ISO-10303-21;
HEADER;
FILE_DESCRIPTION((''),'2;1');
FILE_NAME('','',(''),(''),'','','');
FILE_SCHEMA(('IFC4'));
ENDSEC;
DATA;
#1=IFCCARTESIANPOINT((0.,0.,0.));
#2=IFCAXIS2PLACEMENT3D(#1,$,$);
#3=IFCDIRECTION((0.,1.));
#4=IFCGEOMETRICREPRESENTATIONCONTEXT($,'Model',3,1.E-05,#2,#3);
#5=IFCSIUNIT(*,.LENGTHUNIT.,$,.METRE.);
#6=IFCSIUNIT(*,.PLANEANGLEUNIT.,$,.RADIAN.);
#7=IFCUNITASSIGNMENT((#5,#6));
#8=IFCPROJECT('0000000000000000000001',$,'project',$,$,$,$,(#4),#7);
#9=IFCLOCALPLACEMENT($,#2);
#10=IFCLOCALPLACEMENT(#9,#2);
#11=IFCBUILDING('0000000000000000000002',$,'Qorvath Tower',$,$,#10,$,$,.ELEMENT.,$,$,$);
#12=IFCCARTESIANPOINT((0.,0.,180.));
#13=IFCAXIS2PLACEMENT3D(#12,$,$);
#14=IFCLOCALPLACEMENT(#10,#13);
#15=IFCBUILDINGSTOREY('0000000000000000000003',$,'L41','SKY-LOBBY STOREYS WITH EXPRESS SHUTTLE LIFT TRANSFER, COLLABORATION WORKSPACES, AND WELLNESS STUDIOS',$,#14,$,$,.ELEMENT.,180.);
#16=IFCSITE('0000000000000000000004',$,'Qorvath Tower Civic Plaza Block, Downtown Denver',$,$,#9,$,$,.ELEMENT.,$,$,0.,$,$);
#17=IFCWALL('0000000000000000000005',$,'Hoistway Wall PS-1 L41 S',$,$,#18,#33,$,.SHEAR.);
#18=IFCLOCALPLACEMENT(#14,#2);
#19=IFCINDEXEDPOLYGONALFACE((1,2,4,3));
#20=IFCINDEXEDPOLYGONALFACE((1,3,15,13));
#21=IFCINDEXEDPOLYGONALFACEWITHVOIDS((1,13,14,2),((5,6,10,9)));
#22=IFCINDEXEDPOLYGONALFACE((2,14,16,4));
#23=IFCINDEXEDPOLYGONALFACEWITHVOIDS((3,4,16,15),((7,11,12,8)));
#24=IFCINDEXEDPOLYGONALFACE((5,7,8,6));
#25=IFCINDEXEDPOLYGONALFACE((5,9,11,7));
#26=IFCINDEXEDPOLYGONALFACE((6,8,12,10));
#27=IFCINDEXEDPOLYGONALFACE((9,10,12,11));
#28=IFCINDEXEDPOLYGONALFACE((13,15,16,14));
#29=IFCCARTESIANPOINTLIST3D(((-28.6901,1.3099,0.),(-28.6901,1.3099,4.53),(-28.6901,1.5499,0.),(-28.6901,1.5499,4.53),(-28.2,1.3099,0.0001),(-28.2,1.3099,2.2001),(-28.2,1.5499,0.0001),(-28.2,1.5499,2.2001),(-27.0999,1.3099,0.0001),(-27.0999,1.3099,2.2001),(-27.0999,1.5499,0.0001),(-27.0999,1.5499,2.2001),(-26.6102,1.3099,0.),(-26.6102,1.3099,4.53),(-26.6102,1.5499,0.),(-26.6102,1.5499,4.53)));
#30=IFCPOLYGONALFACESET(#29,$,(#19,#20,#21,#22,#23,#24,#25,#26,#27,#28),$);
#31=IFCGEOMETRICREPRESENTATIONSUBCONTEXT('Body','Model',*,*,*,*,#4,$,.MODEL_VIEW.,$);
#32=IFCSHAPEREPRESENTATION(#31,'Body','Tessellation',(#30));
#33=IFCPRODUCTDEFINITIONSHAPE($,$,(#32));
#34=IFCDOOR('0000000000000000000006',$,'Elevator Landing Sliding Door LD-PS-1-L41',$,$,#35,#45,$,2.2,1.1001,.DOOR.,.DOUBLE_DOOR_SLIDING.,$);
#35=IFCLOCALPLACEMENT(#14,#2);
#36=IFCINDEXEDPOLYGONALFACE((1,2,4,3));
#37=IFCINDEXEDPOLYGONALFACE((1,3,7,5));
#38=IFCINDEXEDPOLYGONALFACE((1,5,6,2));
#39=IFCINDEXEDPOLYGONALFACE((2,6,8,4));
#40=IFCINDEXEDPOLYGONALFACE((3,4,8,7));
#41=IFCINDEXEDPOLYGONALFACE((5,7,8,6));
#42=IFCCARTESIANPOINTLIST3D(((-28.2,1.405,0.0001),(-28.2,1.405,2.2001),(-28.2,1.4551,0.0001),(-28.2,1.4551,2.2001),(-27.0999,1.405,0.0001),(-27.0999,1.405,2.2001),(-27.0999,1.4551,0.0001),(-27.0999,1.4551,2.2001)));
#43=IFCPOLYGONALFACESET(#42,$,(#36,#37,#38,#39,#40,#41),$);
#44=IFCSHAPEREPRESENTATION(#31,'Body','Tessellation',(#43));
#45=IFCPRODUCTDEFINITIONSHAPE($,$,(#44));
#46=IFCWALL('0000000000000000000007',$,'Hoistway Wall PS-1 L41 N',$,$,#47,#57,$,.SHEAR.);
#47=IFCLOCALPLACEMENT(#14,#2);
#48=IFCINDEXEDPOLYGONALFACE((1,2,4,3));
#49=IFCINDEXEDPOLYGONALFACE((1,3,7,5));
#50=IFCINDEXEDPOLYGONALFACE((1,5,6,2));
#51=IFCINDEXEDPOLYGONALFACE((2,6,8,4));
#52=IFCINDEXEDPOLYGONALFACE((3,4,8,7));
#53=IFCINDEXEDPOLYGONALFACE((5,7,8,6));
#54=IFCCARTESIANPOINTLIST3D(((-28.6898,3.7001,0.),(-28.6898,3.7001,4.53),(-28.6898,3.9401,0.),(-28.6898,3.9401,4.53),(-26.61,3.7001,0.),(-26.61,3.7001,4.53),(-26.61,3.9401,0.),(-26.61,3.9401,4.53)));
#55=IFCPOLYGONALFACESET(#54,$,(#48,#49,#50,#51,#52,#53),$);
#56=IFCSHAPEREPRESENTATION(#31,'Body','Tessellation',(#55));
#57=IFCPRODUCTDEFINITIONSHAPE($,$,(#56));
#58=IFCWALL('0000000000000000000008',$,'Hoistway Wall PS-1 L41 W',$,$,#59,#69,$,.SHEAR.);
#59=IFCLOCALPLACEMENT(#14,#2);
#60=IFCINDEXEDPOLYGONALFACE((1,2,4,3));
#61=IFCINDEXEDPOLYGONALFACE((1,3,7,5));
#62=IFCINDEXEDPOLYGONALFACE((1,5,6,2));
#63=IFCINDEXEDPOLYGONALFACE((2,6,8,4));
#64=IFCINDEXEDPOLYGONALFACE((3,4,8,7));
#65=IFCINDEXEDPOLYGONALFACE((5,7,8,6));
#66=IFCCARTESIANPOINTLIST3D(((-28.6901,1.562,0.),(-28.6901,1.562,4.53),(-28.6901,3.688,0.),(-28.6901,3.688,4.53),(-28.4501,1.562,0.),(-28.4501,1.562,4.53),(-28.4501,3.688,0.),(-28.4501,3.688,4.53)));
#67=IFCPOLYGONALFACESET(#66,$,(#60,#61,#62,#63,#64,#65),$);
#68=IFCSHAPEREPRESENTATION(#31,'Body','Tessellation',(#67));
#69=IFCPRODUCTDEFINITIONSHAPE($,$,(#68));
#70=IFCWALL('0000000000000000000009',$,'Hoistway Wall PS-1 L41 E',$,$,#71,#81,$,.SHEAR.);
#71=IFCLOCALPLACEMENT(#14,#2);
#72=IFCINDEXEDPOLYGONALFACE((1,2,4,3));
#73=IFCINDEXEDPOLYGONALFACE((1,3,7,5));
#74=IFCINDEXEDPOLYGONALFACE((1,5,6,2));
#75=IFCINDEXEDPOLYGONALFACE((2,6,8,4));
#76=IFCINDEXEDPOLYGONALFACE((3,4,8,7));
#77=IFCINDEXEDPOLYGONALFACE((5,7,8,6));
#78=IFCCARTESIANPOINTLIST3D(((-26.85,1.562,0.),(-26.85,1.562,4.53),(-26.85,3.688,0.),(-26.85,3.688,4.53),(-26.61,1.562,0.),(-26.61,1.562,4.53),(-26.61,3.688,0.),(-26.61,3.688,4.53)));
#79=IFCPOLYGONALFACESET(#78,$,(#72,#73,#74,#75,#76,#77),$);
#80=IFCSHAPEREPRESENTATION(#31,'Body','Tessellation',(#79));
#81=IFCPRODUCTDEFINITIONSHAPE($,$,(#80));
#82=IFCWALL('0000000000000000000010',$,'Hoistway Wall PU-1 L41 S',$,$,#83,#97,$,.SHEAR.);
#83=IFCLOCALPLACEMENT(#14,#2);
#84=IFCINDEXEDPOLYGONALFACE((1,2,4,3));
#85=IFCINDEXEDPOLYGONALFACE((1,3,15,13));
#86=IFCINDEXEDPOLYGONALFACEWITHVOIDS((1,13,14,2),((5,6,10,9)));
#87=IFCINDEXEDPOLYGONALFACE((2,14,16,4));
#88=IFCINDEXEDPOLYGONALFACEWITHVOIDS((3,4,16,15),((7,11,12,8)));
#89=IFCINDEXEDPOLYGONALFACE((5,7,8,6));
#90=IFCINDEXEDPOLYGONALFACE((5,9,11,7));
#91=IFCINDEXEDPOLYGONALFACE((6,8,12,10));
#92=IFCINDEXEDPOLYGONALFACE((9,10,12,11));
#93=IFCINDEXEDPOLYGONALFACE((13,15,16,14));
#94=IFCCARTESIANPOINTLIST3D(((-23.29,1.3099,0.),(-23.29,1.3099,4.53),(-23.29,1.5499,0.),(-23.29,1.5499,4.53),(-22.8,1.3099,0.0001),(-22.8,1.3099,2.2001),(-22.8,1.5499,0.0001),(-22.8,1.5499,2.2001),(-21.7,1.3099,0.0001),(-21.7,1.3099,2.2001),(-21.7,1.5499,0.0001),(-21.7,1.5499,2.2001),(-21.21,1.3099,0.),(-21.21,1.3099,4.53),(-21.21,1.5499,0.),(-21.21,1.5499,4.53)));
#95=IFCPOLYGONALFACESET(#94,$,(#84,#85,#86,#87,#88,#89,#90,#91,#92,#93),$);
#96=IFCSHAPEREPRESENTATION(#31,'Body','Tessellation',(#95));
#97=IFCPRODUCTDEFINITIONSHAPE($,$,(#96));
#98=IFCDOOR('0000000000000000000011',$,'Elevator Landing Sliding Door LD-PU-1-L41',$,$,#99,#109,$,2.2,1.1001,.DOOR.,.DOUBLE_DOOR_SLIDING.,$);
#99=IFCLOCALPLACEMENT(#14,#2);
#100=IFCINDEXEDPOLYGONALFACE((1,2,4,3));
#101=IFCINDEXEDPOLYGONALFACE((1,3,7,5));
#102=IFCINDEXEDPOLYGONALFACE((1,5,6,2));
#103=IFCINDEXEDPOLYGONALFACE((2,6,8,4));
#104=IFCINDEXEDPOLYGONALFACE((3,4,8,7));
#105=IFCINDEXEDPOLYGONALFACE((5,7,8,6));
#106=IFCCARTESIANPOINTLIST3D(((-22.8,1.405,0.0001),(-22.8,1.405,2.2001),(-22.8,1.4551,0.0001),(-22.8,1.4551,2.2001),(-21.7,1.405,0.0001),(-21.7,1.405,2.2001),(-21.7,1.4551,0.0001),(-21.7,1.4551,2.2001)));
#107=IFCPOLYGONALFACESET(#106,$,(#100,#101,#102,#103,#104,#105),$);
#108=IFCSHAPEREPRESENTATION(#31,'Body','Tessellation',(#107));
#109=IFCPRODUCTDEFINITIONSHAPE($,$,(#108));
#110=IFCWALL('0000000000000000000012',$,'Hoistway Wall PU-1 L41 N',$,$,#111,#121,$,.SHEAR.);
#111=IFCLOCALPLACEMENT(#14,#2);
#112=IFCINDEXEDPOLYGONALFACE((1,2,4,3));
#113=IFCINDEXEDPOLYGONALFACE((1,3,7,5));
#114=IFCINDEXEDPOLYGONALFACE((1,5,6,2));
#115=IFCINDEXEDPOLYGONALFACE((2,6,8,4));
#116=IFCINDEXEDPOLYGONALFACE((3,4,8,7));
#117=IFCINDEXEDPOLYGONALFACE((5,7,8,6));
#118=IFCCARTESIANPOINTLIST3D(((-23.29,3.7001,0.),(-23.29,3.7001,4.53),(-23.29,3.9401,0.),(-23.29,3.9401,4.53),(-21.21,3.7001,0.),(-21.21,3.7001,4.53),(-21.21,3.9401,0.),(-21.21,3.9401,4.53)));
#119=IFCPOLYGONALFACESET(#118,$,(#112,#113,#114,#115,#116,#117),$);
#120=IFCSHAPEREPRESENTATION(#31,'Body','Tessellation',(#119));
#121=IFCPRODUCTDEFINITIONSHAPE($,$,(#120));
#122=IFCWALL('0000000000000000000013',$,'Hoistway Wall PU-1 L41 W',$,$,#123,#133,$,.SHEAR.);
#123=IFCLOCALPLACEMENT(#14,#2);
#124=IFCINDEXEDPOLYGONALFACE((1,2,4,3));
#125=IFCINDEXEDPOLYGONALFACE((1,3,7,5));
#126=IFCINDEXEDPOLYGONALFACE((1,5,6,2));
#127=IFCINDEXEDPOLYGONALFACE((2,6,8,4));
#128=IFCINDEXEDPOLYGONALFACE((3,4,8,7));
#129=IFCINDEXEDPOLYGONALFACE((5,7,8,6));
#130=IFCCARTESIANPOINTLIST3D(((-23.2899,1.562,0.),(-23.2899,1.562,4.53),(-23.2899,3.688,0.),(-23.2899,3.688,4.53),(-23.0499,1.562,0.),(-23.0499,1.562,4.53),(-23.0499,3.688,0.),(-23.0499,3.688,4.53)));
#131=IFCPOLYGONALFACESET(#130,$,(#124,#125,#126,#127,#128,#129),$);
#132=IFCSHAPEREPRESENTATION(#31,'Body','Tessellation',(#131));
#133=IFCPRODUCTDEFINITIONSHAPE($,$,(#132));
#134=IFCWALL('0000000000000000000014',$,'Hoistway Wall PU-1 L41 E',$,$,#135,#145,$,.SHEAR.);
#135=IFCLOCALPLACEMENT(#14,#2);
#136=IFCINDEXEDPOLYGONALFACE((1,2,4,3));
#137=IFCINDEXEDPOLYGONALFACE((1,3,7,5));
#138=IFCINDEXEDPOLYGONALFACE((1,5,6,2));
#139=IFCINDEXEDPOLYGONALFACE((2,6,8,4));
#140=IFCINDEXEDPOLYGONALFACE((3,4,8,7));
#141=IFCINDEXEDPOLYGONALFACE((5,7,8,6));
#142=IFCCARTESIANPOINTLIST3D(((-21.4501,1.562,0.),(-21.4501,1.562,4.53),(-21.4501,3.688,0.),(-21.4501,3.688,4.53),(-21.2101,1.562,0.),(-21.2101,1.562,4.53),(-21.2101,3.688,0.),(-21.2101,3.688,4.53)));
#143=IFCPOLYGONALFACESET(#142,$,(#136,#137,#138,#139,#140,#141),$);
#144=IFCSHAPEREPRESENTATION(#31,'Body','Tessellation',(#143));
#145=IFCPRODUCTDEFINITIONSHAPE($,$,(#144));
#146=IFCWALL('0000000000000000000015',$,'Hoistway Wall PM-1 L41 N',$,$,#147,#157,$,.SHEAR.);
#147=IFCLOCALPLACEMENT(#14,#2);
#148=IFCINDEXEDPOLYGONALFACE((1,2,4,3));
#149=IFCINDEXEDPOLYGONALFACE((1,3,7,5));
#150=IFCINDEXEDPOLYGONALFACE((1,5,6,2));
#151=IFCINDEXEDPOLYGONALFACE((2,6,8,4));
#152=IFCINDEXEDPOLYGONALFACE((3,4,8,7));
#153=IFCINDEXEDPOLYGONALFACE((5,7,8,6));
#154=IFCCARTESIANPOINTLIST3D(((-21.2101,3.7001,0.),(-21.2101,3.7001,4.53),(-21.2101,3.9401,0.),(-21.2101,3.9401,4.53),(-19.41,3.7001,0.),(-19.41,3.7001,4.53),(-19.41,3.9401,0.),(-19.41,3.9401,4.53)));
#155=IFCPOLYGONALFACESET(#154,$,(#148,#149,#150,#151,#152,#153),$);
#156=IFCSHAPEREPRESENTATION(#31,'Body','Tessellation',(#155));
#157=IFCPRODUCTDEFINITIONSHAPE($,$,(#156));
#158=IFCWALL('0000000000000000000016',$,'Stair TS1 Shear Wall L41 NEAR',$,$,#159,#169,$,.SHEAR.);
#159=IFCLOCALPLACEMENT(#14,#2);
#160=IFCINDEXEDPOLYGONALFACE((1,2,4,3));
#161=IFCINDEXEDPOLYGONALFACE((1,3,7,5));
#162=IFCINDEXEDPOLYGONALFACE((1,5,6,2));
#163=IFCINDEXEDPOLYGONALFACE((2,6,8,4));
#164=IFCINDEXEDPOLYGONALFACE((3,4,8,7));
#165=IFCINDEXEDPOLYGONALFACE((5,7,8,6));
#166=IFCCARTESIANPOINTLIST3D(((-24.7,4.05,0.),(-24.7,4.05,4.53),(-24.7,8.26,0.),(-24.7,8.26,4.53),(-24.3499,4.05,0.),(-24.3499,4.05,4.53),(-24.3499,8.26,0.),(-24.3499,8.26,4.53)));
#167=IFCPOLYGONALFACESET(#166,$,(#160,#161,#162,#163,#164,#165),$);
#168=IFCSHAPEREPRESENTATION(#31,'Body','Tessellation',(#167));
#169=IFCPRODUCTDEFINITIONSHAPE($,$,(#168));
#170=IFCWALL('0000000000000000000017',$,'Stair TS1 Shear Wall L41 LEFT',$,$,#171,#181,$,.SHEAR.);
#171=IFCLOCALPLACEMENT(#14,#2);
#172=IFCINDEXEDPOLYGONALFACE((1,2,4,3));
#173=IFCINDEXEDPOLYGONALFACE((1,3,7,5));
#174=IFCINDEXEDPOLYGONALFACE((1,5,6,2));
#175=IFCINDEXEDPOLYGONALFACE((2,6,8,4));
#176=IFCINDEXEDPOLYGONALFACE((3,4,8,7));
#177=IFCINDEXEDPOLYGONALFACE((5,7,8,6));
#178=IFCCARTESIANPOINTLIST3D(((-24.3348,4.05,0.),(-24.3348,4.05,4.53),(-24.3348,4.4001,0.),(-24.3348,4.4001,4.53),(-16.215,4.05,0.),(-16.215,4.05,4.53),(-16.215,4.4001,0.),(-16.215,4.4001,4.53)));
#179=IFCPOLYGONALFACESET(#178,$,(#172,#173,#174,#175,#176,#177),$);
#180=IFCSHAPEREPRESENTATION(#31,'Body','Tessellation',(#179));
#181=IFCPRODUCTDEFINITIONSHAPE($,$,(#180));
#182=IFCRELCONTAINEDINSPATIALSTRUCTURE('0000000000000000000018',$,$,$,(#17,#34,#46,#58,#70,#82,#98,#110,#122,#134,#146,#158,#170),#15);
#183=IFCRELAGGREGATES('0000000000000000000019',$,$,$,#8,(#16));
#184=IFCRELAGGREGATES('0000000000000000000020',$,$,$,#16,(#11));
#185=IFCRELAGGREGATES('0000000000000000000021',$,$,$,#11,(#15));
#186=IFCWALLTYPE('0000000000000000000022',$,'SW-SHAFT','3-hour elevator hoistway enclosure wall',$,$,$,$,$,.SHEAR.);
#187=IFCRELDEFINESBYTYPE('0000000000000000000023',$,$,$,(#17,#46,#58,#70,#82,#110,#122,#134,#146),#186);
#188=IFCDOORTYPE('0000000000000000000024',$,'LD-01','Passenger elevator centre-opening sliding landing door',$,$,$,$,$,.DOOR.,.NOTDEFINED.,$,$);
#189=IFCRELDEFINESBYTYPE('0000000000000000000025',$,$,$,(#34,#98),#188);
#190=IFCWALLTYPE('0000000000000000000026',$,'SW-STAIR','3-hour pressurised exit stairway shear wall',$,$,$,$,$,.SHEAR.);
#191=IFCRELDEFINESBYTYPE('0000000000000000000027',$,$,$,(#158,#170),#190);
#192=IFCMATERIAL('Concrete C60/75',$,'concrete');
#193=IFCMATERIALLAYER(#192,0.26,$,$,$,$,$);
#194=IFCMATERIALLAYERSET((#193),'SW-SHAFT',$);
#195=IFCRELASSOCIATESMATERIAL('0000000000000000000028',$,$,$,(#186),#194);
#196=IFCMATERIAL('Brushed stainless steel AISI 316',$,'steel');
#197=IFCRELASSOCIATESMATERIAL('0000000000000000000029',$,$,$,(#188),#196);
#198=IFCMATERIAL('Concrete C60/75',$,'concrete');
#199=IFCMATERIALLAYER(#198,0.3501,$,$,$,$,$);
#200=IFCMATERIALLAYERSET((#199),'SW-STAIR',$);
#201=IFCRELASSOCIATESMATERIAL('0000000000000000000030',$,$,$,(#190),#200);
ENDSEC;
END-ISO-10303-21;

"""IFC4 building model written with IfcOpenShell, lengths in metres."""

from ifc_helpers import new_model, si_unit, direction, frame, frame_2d, origin, place, context, subcontext, project, spatial, rectangle, extrude, material, layer, layer_set, type_object, element, fill, save


model = new_model("IFC4")

# Units and contexts
model_context = context("Model", 3, precision=1e-05, world=origin(), true_north=direction((0.0, 1.0)))
body_context = subcontext(model_context, "Body", "Model", "MODEL_VIEW")
ifc_project = project(units=[si_unit("LENGTHUNIT", "METRE"), si_unit("PLANEANGLEUNIT", "RADIAN")], contexts=[model_context])

# Site, building, storey
site_placement = place(None, origin())
site = spatial("IfcSite", under=ifc_project, at=site_placement, Name="Qorvath Tower Civic Plaza Block, Downtown Denver", CompositionType="ELEMENT", RefElevation=0.0)
building_placement = place(site_placement, origin())
building = spatial("IfcBuilding", under=site, at=building_placement, Name="Qorvath Tower", CompositionType="ELEMENT")
storey_placement = place(building_placement, frame((0.0, 0.0, 180.0)))
storey = spatial("IfcBuildingStorey", under=building, at=storey_placement, Name="L41", Description="SKY-LOBBY STOREYS WITH EXPRESS SHUTTLE LIFT TRANSFER, COLLABORATION WORKSPACES, AND WELLNESS STUDIOS", CompositionType="ELEMENT", Elevation=180.0)

# Shared definitions
ifc_material_1 = material(Name="Concrete C60/75", Category="concrete")
ifc_layer_1 = layer(ifc_material_1, 0.26)
ifc_layer_set_1 = layer_set([ifc_layer_1], Name="SW-SHAFT")
wall_type_1 = type_object("IfcWallType", Name="SW-SHAFT", Description="3-hour elevator hoistway enclosure wall", PredefinedType="SHEAR", material=ifc_layer_set_1)

# Wall, opening, door
wall_1_placement = place(storey_placement, frame((-26.6101, 1.4299, 0.0), z_axis=(0.0, 0.0, 1.0), x_axis=(-1.0, 0.0, 0.0)))
wall_1 = element("IfcWall", 1, at=wall_1_placement, inside=storey, type_object=wall_type_1, Name="Hoistway Wall PS-1 L41 S", PredefinedType="SHEAR", context=body_context, shape_type="SweptSolid", body=[
    extrude(rectangle(XDim=2.0798, YDim=0.24, at=frame_2d((1.04, 0.0))), origin(), (0.0, 0.0, 1.0), 4.53),
])
opening_1_placement = place(wall_1_placement, frame((0.4897, 0.0, 0.0)))
opening_1 = element("IfcOpeningElement", 2, at=opening_1_placement, cuts=wall_1, PredefinedType="OPENING", context=body_context, shape_type="SweptSolid", body=[
    extrude(rectangle(XDim=1.1001, YDim=2.2, at=frame_2d((0.55, 1.1001))), frame((0.0, 0.1299, 0.0), z_axis=(0.0, -1.0, 0.0), x_axis=(1.0, 0.0, 0.0)), (0.0, 0.0, 1.0), 0.26),
])
ifc_material_2 = material(Name="Brushed stainless steel AISI 316", Category="steel")
door_type_1 = type_object("IfcDoorType", Name="LD-01", Description="Passenger elevator centre-opening sliding landing door", OperationType="NOTDEFINED", PredefinedType="DOOR", material=ifc_material_2)
door_1_placement = place(opening_1_placement, origin())
door_1 = element("IfcDoor", 3, at=door_1_placement, inside=storey, type_object=door_type_1, Name="Elevator Landing Sliding Door LD-PS-1-L41", OperationType="DOUBLE_DOOR_SLIDING", OverallHeight=2.2, OverallWidth=1.1001, PredefinedType="DOOR", context=body_context, shape_type="SweptSolid", body=[
    extrude(rectangle(XDim=1.1001, YDim=2.2, at=frame_2d((0.55, 1.1001))), frame((0.0, 0.0249, 0.0), z_axis=(0.0, -1.0, 0.0), x_axis=(1.0, 0.0, 0.0)), (0.0, 0.0, 1.0), 0.05),
])
fill(opening_1, door_1)

# Walls
wall_2_placement = place(storey_placement, frame((-28.6899, 3.8201, 0.0), z_axis=(0.0, 0.0, 1.0), x_axis=(1.0, 0.0, 0.0)))
element("IfcWall", 4, at=wall_2_placement, inside=storey, type_object=wall_type_1, Name="Hoistway Wall PS-1 L41 N", PredefinedType="SHEAR", context=body_context, shape_type="SweptSolid", body=[
    extrude(rectangle(XDim=2.0798, YDim=0.24, at=frame_2d((1.04, 0.0))), origin(), (0.0, 0.0, 1.0), 4.53),
])
for number, where, z_axis, x_axis, name in (
    (5, (-28.5701, 1.562, 0.0), (0.0, 0.0, 1.0), (0.0, 1.0, 0.0), "Hoistway Wall PS-1 L41 W"),
    (6, (-26.73, 3.688, 0.0), (0.0, 0.0, 1.0), (0.0, -1.0, 0.0), "Hoistway Wall PS-1 L41 E"),
):
    element("IfcWall", number, at=place(storey_placement, frame(where, z_axis=z_axis, x_axis=x_axis)), inside=storey, type_object=wall_type_1, Name=name, PredefinedType="SHEAR", context=body_context, shape_type="SweptSolid", body=[
        extrude(rectangle(XDim=2.126, YDim=0.24, at=frame_2d((1.063, 0.0))), origin(), (0.0, 0.0, 1.0), 4.53),
    ])

# Wall, opening, door
wall_3_placement = place(storey_placement, frame((-21.21, 1.4299, 0.0), z_axis=(0.0, 0.0, 1.0), x_axis=(-1.0, 0.0, 0.0)))
wall_3 = element("IfcWall", 7, at=wall_3_placement, inside=storey, type_object=wall_type_1, Name="Hoistway Wall PU-1 L41 S", PredefinedType="SHEAR", context=body_context, shape_type="SweptSolid", body=[
    extrude(rectangle(XDim=2.0801, YDim=0.24, at=frame_2d((1.04, 0.0))), origin(), (0.0, 0.0, 1.0), 4.53),
])
opening_2_placement = place(wall_3_placement, frame((0.49, 0.0, 0.0)))
opening_2 = element("IfcOpeningElement", 8, at=opening_2_placement, cuts=wall_3, PredefinedType="OPENING", context=body_context, shape_type="SweptSolid", body=[
    extrude(rectangle(XDim=1.1001, YDim=2.2, at=frame_2d((0.55, 1.1001))), frame((0.0, 0.1299, 0.0), z_axis=(0.0, -1.0, 0.0), x_axis=(1.0, 0.0, 0.0)), (0.0, 0.0, 1.0), 0.26),
])
door_2_placement = place(opening_2_placement, origin())
door_2 = element("IfcDoor", 9, at=door_2_placement, inside=storey, type_object=door_type_1, Name="Elevator Landing Sliding Door LD-PU-1-L41", OperationType="DOUBLE_DOOR_SLIDING", OverallHeight=2.2, OverallWidth=1.1001, PredefinedType="DOOR", context=body_context, shape_type="SweptSolid", body=[
    extrude(rectangle(XDim=1.1001, YDim=2.2, at=frame_2d((0.55, 1.1001))), frame((0.0, 0.0249, 0.0), z_axis=(0.0, -1.0, 0.0), x_axis=(1.0, 0.0, 0.0)), (0.0, 0.0, 1.0), 0.05),
])
fill(opening_2, door_2)

# Walls
wall_4_placement = place(storey_placement, frame((-23.29, 3.8201, 0.0), z_axis=(0.0, 0.0, 1.0), x_axis=(1.0, 0.0, 0.0)))
element("IfcWall", 10, at=wall_4_placement, inside=storey, type_object=wall_type_1, Name="Hoistway Wall PU-1 L41 N", PredefinedType="SHEAR", context=body_context, shape_type="SweptSolid", body=[
    extrude(rectangle(XDim=2.0801, YDim=0.24, at=frame_2d((1.04, 0.0))), origin(), (0.0, 0.0, 1.0), 4.53),
])
for number, where, z_axis, x_axis, name in (
    (11, (-23.1699, 1.562, 0.0), (0.0, 0.0, 1.0), (0.0, 1.0, 0.0), "Hoistway Wall PU-1 L41 W"),
    (12, (-21.3301, 3.688, 0.0), (0.0, 0.0, 1.0), (0.0, -1.0, 0.0), "Hoistway Wall PU-1 L41 E"),
):
    element("IfcWall", number, at=place(storey_placement, frame(where, z_axis=z_axis, x_axis=x_axis)), inside=storey, type_object=wall_type_1, Name=name, PredefinedType="SHEAR", context=body_context, shape_type="SweptSolid", body=[
        extrude(rectangle(XDim=2.126, YDim=0.24, at=frame_2d((1.063, 0.0))), origin(), (0.0, 0.0, 1.0), 4.53),
    ])
wall_5_placement = place(storey_placement, frame((-21.21, 3.8201, 0.0), z_axis=(0.0, 0.0, 1.0), x_axis=(1.0, 0.0, 0.0)))
element("IfcWall", 13, at=wall_5_placement, inside=storey, type_object=wall_type_1, Name="Hoistway Wall PM-1 L41 N", PredefinedType="SHEAR", context=body_context, shape_type="SweptSolid", body=[
    extrude(rectangle(XDim=1.8, YDim=0.24, at=frame_2d((0.8999, 0.0))), origin(), (0.0, 0.0, 1.0), 4.53),
])
ifc_material_3 = material(Name="Concrete C60/75", Category="concrete")
ifc_layer_2 = layer(ifc_material_3, 0.3501)
ifc_layer_set_2 = layer_set([ifc_layer_2], Name="SW-STAIR")
wall_type_2 = type_object("IfcWallType", Name="SW-STAIR", Description="3-hour pressurised exit stairway shear wall", PredefinedType="SHEAR", material=ifc_layer_set_2)
wall_6_placement = place(storey_placement, frame((-24.5249, 8.26, 0.0), z_axis=(0.0, 0.0, 1.0), x_axis=(0.0, -1.0, 0.0)))
element("IfcWall", 14, at=wall_6_placement, inside=storey, type_object=wall_type_2, Name="Stair TS1 Shear Wall L41 NEAR", PredefinedType="SHEAR", context=body_context, shape_type="SweptSolid", body=[
    extrude(rectangle(XDim=4.21, YDim=0.3501, at=frame_2d((2.105, 0.0))), origin(), (0.0, 0.0, 1.0), 4.53),
])
wall_7_placement = place(storey_placement, frame((-24.335, 4.2251, 0.0), z_axis=(0.0, 0.0, 1.0), x_axis=(1.0, 0.0, 0.0)))
element("IfcWall", 15, at=wall_7_placement, inside=storey, type_object=wall_type_2, Name="Stair TS1 Shear Wall L41 LEFT", PredefinedType="SHEAR", context=body_context, shape_type="SweptSolid", body=[
    extrude(rectangle(XDim=8.1199, YDim=0.3501, at=frame_2d((4.0601, 0.0))), origin(), (0.0, 0.0, 1.0), 4.53),
])

save(model, "model.ifc")
